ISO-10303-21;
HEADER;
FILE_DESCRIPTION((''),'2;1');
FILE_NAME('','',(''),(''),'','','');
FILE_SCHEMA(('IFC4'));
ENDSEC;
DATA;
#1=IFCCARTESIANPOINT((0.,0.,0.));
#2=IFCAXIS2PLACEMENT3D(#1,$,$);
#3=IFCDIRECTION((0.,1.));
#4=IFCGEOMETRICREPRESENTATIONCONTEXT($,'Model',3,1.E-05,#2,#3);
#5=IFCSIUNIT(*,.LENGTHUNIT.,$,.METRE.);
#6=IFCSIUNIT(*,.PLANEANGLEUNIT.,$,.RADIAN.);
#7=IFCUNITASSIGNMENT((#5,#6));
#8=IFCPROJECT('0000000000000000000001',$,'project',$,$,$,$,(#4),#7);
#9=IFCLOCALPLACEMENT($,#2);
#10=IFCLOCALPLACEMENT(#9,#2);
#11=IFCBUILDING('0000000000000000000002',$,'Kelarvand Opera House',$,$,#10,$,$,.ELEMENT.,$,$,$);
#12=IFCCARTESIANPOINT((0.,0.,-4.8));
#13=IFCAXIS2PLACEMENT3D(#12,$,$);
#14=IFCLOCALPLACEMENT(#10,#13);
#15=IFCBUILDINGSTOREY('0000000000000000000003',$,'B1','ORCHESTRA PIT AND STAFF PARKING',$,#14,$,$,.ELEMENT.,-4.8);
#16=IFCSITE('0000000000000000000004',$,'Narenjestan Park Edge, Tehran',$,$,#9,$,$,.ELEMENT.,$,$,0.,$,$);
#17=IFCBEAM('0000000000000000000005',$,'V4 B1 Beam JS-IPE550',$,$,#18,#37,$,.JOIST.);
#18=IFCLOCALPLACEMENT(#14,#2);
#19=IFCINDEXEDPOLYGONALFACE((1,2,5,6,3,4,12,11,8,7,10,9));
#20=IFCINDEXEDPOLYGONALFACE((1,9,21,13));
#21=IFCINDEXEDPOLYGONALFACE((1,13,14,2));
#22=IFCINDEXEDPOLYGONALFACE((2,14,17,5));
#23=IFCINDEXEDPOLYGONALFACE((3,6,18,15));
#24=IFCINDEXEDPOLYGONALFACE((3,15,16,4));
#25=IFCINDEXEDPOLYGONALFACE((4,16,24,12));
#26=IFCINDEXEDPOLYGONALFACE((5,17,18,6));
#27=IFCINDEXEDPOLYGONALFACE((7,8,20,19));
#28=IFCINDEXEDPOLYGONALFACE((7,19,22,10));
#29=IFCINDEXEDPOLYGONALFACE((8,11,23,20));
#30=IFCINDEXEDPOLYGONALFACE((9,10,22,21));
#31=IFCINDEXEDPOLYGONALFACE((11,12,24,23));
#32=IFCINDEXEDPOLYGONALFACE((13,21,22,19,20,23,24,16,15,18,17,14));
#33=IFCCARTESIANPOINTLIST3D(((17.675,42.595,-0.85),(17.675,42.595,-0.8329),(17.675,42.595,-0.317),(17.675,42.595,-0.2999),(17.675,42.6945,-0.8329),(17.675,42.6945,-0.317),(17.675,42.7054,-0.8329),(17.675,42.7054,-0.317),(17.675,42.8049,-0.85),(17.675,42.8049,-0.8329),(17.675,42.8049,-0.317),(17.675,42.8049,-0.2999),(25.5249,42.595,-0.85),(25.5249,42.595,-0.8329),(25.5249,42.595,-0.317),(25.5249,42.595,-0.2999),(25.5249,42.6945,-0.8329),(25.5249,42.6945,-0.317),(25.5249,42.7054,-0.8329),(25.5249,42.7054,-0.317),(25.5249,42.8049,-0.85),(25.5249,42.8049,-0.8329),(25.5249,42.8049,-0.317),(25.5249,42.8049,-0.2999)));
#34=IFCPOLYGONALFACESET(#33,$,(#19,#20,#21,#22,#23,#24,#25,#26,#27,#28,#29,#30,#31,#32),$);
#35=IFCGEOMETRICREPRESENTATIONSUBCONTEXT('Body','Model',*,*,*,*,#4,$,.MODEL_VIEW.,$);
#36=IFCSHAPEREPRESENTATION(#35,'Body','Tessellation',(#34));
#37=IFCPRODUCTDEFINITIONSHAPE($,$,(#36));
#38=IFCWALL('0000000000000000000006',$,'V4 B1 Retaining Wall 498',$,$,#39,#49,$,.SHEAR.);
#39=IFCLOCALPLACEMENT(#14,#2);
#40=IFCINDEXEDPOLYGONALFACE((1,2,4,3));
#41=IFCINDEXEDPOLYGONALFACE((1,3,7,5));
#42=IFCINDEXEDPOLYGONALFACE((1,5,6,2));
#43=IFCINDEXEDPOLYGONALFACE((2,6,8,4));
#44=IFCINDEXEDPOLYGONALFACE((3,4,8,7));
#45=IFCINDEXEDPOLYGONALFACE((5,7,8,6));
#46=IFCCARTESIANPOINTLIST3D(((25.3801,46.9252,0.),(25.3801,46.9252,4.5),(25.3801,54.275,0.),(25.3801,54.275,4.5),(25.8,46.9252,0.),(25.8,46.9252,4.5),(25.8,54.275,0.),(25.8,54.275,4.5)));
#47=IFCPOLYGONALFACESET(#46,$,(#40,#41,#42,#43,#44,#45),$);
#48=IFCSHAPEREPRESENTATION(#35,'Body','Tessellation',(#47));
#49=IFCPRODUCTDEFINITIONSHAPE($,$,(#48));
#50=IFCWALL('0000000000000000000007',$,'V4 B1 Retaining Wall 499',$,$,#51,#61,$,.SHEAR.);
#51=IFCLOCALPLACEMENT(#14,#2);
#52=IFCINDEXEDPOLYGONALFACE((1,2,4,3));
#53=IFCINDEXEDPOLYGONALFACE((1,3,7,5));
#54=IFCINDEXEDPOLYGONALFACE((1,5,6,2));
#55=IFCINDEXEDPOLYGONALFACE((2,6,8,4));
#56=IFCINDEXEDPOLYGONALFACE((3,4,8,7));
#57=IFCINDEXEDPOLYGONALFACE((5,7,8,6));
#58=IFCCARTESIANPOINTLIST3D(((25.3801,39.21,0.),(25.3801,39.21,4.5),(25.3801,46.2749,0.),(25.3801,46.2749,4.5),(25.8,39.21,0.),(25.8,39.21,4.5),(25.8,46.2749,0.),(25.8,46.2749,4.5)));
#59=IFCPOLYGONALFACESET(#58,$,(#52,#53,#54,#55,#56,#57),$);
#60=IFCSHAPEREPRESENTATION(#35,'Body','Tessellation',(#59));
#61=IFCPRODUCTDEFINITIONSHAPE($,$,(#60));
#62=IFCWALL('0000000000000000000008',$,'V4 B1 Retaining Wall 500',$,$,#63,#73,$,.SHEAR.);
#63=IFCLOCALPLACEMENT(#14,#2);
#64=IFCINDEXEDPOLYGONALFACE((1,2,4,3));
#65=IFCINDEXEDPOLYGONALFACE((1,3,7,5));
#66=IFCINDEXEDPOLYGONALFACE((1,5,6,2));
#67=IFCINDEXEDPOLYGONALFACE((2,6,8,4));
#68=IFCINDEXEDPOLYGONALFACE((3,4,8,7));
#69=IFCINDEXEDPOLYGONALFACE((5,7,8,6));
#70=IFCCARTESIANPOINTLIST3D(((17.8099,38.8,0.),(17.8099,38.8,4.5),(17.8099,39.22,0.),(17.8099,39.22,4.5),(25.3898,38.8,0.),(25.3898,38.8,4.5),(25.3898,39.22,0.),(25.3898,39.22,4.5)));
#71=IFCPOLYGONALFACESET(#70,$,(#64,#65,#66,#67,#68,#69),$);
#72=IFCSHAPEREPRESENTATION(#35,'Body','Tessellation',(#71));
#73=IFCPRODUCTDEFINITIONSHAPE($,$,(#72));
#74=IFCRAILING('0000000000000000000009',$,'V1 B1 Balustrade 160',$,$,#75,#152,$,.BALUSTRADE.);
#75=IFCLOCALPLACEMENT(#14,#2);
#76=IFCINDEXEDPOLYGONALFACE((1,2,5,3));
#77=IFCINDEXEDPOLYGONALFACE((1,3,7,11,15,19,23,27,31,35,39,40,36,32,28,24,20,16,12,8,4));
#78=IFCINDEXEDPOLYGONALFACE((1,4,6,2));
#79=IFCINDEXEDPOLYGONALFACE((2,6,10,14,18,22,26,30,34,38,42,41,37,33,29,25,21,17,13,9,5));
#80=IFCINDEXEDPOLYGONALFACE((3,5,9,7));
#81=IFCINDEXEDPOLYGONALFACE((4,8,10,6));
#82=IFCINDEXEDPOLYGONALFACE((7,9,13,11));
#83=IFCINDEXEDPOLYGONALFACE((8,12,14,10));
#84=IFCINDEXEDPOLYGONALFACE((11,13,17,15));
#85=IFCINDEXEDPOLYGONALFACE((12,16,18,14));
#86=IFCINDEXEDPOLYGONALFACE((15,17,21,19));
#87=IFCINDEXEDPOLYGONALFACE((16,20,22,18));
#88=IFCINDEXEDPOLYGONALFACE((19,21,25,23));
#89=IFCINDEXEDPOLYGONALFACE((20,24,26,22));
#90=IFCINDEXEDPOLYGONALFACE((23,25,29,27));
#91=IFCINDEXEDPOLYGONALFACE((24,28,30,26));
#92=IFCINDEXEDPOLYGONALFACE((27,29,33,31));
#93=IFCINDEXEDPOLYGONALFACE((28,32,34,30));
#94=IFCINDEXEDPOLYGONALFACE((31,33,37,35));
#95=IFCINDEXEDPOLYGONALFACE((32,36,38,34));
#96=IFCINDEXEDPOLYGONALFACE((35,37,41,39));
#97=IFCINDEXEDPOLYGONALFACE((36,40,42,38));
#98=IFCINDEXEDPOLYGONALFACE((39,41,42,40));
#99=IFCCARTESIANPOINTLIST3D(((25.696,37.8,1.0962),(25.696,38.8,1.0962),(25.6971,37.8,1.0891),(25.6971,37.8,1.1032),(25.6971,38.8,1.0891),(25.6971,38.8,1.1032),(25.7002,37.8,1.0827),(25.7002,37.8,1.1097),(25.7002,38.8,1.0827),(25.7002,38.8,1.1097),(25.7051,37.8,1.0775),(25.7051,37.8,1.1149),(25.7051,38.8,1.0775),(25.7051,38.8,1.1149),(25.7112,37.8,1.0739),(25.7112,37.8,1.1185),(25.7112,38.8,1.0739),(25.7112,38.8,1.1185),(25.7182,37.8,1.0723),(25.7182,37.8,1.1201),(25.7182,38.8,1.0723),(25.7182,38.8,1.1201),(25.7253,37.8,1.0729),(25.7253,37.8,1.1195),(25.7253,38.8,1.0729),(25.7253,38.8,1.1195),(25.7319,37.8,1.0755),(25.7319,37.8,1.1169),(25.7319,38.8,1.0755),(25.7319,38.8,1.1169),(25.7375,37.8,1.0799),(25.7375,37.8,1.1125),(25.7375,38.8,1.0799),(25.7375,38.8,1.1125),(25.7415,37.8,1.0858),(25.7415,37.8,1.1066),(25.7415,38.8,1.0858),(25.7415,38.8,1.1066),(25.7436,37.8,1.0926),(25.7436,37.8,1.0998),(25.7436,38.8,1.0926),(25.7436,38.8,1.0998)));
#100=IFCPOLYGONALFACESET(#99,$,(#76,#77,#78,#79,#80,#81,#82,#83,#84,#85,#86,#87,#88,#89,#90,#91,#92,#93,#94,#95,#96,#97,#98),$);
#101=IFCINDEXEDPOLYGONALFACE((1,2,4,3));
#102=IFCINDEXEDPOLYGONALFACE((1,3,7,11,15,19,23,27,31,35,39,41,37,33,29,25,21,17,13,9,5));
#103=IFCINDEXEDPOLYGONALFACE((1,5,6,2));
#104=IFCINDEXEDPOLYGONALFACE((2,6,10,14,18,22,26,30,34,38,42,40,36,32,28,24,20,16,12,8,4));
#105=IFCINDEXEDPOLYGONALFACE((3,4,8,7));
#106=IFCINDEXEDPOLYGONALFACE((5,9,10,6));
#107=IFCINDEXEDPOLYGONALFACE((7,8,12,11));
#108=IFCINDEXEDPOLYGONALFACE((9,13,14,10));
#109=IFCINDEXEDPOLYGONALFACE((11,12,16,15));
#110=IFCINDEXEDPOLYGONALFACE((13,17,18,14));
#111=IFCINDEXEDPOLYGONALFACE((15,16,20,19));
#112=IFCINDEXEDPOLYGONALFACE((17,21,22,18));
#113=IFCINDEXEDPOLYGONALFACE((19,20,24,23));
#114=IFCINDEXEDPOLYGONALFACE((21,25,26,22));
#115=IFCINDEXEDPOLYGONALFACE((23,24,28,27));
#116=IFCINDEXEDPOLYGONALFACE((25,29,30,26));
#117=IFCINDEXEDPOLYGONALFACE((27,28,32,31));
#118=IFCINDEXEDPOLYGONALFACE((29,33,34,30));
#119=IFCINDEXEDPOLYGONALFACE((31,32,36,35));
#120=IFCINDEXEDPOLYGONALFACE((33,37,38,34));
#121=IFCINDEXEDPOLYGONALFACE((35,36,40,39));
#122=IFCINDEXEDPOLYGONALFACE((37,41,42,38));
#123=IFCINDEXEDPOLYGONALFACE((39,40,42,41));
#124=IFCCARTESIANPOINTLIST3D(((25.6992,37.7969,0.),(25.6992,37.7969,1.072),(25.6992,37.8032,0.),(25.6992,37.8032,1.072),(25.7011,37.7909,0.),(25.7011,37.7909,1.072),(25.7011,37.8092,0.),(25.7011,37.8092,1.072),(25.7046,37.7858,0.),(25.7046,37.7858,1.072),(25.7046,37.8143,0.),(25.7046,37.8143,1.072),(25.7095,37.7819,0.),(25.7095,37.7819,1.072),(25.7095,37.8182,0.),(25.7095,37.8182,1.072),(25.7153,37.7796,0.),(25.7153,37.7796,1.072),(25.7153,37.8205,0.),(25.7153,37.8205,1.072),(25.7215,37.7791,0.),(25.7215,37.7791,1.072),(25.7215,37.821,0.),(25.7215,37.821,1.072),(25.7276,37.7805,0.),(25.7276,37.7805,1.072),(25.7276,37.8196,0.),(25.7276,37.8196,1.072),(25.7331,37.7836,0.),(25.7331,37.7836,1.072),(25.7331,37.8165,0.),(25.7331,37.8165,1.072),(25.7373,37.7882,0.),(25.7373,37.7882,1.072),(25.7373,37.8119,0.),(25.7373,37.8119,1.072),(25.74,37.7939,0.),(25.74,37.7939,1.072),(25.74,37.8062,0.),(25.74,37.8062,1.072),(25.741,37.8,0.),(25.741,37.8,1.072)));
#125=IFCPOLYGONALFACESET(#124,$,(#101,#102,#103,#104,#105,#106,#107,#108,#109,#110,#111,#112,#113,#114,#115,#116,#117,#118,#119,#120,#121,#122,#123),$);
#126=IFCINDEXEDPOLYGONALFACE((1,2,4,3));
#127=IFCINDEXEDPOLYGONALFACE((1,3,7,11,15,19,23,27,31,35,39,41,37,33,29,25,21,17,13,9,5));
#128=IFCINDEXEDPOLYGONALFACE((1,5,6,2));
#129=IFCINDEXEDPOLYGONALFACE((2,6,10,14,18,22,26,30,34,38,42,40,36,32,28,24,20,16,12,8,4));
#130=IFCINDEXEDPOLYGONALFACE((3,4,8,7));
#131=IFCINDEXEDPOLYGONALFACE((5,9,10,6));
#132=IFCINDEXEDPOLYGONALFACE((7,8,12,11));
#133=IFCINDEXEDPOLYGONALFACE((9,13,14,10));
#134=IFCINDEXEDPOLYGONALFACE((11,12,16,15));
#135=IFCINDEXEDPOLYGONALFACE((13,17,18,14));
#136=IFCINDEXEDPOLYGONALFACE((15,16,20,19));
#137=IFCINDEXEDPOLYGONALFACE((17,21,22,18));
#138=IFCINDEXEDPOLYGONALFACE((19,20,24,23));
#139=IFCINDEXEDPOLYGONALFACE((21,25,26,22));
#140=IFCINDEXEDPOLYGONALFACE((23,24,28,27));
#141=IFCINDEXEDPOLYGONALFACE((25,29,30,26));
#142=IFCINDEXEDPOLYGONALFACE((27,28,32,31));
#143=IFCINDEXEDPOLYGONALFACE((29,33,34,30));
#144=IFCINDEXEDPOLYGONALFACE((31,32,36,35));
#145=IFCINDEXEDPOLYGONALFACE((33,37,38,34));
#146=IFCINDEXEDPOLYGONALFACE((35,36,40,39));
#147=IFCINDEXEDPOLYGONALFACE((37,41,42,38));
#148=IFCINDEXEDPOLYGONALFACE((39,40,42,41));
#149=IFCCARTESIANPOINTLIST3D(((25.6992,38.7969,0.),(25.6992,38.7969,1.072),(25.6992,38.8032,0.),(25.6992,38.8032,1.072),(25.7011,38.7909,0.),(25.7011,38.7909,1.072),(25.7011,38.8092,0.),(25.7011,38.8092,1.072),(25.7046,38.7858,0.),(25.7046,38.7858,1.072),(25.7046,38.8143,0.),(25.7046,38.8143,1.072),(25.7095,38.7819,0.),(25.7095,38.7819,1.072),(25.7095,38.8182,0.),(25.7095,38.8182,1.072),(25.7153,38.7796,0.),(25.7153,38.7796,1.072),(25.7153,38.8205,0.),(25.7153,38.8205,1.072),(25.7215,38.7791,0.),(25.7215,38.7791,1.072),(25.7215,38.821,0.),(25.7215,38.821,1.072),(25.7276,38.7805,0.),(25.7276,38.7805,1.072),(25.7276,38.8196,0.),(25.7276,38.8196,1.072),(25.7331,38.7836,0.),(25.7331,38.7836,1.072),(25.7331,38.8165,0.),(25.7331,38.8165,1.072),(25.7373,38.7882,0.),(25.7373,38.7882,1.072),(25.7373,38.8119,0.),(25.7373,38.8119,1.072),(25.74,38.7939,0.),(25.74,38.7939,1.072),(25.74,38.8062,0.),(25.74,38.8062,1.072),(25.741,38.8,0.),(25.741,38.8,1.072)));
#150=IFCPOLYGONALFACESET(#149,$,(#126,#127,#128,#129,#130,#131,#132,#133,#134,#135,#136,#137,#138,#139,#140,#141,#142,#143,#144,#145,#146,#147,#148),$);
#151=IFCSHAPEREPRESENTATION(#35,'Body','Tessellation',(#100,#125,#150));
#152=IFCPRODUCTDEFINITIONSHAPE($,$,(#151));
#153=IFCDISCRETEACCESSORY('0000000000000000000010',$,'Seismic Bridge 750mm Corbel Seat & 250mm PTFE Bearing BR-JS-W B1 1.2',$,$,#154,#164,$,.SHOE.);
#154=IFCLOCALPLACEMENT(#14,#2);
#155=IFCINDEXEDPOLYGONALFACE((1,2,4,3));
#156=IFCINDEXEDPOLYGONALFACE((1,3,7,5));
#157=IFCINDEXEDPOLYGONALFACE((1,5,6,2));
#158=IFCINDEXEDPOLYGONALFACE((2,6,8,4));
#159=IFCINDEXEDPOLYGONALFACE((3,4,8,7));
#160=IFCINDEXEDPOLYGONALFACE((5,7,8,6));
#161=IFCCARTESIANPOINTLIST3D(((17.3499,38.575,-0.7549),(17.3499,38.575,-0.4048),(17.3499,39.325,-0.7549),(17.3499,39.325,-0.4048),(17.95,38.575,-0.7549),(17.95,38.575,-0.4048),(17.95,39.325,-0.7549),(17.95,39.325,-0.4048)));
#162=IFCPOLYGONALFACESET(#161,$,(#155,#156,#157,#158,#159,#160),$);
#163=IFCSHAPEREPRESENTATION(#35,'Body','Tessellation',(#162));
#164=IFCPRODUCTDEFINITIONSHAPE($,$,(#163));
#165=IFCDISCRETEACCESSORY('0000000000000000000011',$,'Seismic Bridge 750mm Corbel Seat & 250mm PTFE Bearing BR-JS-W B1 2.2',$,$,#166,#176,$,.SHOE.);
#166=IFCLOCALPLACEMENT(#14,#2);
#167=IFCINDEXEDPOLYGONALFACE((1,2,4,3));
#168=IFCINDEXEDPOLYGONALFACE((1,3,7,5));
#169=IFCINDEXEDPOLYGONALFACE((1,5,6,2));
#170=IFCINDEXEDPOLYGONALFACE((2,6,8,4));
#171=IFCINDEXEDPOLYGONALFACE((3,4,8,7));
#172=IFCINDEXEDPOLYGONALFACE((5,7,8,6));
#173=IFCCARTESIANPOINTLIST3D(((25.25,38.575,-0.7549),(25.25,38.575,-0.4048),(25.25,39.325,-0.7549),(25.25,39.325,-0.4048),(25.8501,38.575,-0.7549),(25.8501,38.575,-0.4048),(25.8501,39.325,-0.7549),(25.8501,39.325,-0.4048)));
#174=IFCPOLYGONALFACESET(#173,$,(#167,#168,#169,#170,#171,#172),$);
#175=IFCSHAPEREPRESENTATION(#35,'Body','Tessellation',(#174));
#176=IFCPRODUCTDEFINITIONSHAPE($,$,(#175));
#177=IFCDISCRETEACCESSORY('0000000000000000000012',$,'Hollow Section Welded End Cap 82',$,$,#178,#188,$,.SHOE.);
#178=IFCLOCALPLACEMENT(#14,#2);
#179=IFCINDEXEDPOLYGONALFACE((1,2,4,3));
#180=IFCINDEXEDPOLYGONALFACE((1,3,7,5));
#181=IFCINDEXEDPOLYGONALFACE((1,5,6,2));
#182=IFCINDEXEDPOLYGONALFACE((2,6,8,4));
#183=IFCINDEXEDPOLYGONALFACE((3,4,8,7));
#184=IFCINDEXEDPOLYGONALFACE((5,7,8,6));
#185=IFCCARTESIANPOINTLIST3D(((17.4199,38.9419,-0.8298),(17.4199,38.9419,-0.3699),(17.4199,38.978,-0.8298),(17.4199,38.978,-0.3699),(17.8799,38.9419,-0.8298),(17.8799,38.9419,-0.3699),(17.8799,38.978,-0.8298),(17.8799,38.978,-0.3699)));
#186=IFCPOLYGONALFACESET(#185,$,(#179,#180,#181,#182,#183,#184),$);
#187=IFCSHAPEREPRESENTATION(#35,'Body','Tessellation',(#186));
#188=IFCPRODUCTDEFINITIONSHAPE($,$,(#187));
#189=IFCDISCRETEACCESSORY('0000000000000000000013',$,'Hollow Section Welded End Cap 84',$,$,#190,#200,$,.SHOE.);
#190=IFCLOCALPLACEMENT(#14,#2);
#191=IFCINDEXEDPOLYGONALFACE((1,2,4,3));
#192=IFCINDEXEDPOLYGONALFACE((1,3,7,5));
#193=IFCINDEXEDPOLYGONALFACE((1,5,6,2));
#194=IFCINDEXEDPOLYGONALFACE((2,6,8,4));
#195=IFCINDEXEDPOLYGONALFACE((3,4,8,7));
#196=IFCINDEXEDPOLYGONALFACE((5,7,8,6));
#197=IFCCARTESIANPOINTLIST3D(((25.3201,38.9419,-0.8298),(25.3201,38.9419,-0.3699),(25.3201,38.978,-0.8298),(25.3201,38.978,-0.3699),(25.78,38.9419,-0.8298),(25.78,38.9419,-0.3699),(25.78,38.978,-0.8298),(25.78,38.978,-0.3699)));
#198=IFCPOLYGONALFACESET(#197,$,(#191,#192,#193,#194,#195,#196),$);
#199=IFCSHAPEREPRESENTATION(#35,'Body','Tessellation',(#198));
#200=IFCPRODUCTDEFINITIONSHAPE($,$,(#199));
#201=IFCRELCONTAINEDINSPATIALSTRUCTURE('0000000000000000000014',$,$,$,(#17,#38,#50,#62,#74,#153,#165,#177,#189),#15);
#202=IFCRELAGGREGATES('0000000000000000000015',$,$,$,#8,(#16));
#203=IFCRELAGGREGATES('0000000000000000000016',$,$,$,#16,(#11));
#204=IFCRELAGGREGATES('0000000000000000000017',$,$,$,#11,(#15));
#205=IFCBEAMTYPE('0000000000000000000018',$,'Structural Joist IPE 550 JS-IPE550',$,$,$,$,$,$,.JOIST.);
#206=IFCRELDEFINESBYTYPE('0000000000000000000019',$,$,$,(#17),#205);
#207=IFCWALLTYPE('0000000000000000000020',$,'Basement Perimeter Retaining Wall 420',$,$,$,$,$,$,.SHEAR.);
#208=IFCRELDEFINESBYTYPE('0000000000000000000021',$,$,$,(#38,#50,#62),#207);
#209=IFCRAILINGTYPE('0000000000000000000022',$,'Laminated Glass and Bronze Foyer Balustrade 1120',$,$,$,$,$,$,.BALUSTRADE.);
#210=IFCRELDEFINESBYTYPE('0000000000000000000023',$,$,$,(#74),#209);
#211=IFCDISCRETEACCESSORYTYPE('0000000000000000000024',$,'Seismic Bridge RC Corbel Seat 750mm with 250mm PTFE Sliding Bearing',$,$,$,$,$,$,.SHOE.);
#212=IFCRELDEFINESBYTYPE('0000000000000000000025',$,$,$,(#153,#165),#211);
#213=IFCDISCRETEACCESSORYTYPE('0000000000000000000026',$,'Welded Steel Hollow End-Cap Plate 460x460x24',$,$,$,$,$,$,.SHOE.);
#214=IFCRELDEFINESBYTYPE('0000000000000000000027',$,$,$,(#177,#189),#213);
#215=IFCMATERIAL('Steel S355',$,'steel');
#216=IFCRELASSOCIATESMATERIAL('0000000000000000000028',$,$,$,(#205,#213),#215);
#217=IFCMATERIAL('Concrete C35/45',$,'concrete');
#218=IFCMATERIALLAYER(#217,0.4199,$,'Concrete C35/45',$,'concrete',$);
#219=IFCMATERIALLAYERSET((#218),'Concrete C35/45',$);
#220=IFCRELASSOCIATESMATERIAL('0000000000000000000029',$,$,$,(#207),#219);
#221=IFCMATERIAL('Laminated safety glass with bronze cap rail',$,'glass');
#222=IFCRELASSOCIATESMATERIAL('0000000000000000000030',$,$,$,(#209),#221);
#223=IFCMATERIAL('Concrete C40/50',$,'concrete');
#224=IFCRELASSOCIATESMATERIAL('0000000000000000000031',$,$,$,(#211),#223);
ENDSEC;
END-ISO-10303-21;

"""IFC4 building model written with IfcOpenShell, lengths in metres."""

from ifc_helpers import new_model, si_unit, direction, frame, frame_2d, origin, origin_2d, place, context, subcontext, project, spatial, rectangle, circle, i_section, extrude, material, layer, layer_set, material_profile, profile_set, type_object, element, save


model = new_model("IFC4")

# Units and contexts
model_context = context("Model", 3, precision=1e-05, world=origin(), true_north=direction((0.0, 1.0)))
body_context = subcontext(model_context, "Body", "Model", "MODEL_VIEW")
ifc_project = project(units=[si_unit("LENGTHUNIT", "METRE"), si_unit("PLANEANGLEUNIT", "RADIAN")], contexts=[model_context])

# Site, building, storey
site_placement = place(None, origin())
site = spatial("IfcSite", under=ifc_project, at=site_placement, Name="Narenjestan Park Edge, Tehran", CompositionType="ELEMENT", RefElevation=0.0)
building_placement = place(site_placement, origin())
building = spatial("IfcBuilding", under=site, at=building_placement, Name="Kelarvand Opera House", CompositionType="ELEMENT")
storey_placement = place(building_placement, frame((0.0, 0.0, -4.8)))
storey = spatial("IfcBuildingStorey", under=building, at=storey_placement, Name="B1", Description="ORCHESTRA PIT AND STAFF PARKING", CompositionType="ELEMENT", Elevation=-4.8)

# Shared definitions
ifc_material_1 = material(Name="Concrete C40/50", Category="concrete")

# Beam
ifc_material_2 = material(Name="Concrete C35/45", Category="concrete")
ifc_material_3 = material(Name="Steel S355", Category="steel")
ifc_material_profile_1 = material_profile(ifc_material_3, i_section(OverallWidth=0.21, OverallDepth=0.55, WebThickness=0.011, FlangeThickness=0.0171, at=origin_2d()), Name="IPE 550", Category="steel")
ifc_profile_set_1 = profile_set([ifc_material_profile_1], Name="Steel S355")
beam_type_1 = type_object("IfcBeamType", Name="Structural Joist IPE 550 JS-IPE550", PredefinedType="JOIST", material=ifc_profile_set_1)
beam_1_placement = place(storey_placement, frame((17.675, 42.7, -0.575), z_axis=(1.0, 0.0, 0.0), x_axis=(0.0, 1.0, 0.0)))
element("IfcBeam", 1, at=beam_1_placement, inside=storey, type_object=beam_type_1, Name="V4 B1 Beam JS-IPE550", PredefinedType="JOIST", context=body_context, shape_type="SweptSolid", body=[
    extrude(i_section(OverallWidth=0.21, OverallDepth=0.55, WebThickness=0.011, FlangeThickness=0.0171, at=origin_2d()), origin(), (0.0, 0.0, 1.0), 7.8499),
])

# Walls
ifc_layer = layer(ifc_material_2, 0.4199, Name="Concrete C35/45", Category="concrete")
ifc_layer_set = layer_set([ifc_layer], Name="Concrete C35/45")
wall_type = type_object("IfcWallType", Name="Basement Perimeter Retaining Wall 420", PredefinedType="SHEAR", material=ifc_layer_set)
wall_1_placement = place(storey_placement, frame((25.5901, 54.2749, 0.0), z_axis=(0.0, 0.0, 1.0), x_axis=(0.0, -1.0, 0.0)))
element("IfcWall", 2, at=wall_1_placement, inside=storey, type_object=wall_type, Name="V4 B1 Retaining Wall 498", PredefinedType="SHEAR", context=body_context, shape_type="SweptSolid", body=[
    extrude(rectangle(XDim=7.3499, YDim=0.4199, at=frame_2d((3.6748, 0.0))), origin(), (0.0, 0.0, 1.0), 4.5),
])
wall_2_placement = place(storey_placement, frame((25.5901, 46.2749, 0.0), z_axis=(0.0, 0.0, 1.0), x_axis=(0.0, -1.0, 0.0)))
element("IfcWall", 3, at=wall_2_placement, inside=storey, type_object=wall_type, Name="V4 B1 Retaining Wall 499", PredefinedType="SHEAR", context=body_context, shape_type="SweptSolid", body=[
    extrude(rectangle(XDim=7.0649, YDim=0.4199, at=frame_2d((3.5325, 0.0))), origin(), (0.0, 0.0, 1.0), 4.5),
])
wall_3_placement = place(storey_placement, frame((25.3899, 39.01, 0.0), z_axis=(0.0, 0.0, 1.0), x_axis=(-1.0, 0.0, 0.0)))
element("IfcWall", 4, at=wall_3_placement, inside=storey, type_object=wall_type, Name="V4 B1 Retaining Wall 500", PredefinedType="SHEAR", context=body_context, shape_type="SweptSolid", body=[
    extrude(rectangle(XDim=7.5798, YDim=0.4199, at=frame_2d((3.79, 0.0))), origin(), (0.0, 0.0, 1.0), 4.5),
])

# Railing
ifc_material_4 = material(Name="Laminated safety glass with bronze cap rail", Category="glass")
railing_type = type_object("IfcRailingType", Name="Laminated Glass and Bronze Foyer Balustrade 1120", PredefinedType="BALUSTRADE", material=ifc_material_4)
railing_placement = place(storey_placement, frame((25.72, 37.8, 0.0)))
element("IfcRailing", 5, at=railing_placement, inside=storey, type_object=railing_type, Name="V1 B1 Balustrade 160", PredefinedType="BALUSTRADE", context=body_context, shape_type="SweptSolid", body=[
    extrude(circle(Radius=0.0239, at=origin_2d()), frame((0.0, 0.0, 1.0962), z_axis=(0.0, 1.0, 0.0), x_axis=(-1.0, 0.0, 0.0)), (0.0, 0.0, 1.0), 1.0),
    extrude(circle(Radius=0.021, at=origin_2d()), origin(), (0.0, 0.0, 1.0), 1.072),
    extrude(circle(Radius=0.021, at=origin_2d()), frame((0.0, 1.0, 0.0)), (0.0, 0.0, 1.0), 1.072),
])

# Discrete accessories
discrete_accessory_type_1 = type_object("IfcDiscreteAccessoryType", Name="Seismic Bridge RC Corbel Seat 750mm with 250mm PTFE Sliding Bearing", PredefinedType="SHOE", material=ifc_material_1)
for number, where, z_axis, x_axis, name in (
    (6, (17.6499, 38.95, -0.7549), (0.0, 0.0, 1.0), (0.0, 1.0, 0.0), "Seismic Bridge 750mm Corbel Seat & 250mm PTFE Bearing BR-JS-W B1 1.2"),
    (7, (25.55, 38.95, -0.7549), (0.0, 0.0, 1.0), (0.0, 1.0, 0.0), "Seismic Bridge 750mm Corbel Seat & 250mm PTFE Bearing BR-JS-W B1 2.2"),
):
    element("IfcDiscreteAccessory", number, at=place(storey_placement, frame(where, z_axis=z_axis, x_axis=x_axis)), inside=storey, type_object=discrete_accessory_type_1, Name=name, PredefinedType="SHOE", context=body_context, shape_type="SweptSolid", body=[
        extrude(rectangle(XDim=0.75, YDim=0.6001, at=origin_2d()), origin(), (0.0, 0.0, 1.0), 0.3501),
    ])
ifc_material_profile_2 = material_profile(ifc_material_3, rectangle(XDim=0.46, YDim=0.46, at=origin_2d()), Name="Welded Steel Hollow End-Cap Plate 460x460x24", Category="steel")
ifc_profile_set_2 = profile_set([ifc_material_profile_2], Name="Steel S355")
discrete_accessory_type_2 = type_object("IfcDiscreteAccessoryType", Name="Welded Steel Hollow End-Cap Plate 460x460x24", PredefinedType="SHOE", material=ifc_profile_set_2)
for number, where, z_axis, x_axis, name in (
    (8, (17.6499, 38.9419, -0.5999), (0.0, 1.0, 0.0), (-1.0, 0.0, 0.0), "Hollow Section Welded End Cap 82"),
    (9, (25.55, 38.9419, -0.5999), (0.0, 1.0, 0.0), (-1.0, 0.0, 0.0), "Hollow Section Welded End Cap 84"),
):
    element("IfcDiscreteAccessory", number, at=place(storey_placement, frame(where, z_axis=z_axis, x_axis=x_axis)), inside=storey, type_object=discrete_accessory_type_2, Name=name, PredefinedType="SHOE", context=body_context, shape_type="SweptSolid", body=[
        extrude(rectangle(XDim=0.46, YDim=0.46, at=origin_2d()), origin(), (0.0, 0.0, 1.0), 0.0361),
    ])

save(model, "model.ifc")
